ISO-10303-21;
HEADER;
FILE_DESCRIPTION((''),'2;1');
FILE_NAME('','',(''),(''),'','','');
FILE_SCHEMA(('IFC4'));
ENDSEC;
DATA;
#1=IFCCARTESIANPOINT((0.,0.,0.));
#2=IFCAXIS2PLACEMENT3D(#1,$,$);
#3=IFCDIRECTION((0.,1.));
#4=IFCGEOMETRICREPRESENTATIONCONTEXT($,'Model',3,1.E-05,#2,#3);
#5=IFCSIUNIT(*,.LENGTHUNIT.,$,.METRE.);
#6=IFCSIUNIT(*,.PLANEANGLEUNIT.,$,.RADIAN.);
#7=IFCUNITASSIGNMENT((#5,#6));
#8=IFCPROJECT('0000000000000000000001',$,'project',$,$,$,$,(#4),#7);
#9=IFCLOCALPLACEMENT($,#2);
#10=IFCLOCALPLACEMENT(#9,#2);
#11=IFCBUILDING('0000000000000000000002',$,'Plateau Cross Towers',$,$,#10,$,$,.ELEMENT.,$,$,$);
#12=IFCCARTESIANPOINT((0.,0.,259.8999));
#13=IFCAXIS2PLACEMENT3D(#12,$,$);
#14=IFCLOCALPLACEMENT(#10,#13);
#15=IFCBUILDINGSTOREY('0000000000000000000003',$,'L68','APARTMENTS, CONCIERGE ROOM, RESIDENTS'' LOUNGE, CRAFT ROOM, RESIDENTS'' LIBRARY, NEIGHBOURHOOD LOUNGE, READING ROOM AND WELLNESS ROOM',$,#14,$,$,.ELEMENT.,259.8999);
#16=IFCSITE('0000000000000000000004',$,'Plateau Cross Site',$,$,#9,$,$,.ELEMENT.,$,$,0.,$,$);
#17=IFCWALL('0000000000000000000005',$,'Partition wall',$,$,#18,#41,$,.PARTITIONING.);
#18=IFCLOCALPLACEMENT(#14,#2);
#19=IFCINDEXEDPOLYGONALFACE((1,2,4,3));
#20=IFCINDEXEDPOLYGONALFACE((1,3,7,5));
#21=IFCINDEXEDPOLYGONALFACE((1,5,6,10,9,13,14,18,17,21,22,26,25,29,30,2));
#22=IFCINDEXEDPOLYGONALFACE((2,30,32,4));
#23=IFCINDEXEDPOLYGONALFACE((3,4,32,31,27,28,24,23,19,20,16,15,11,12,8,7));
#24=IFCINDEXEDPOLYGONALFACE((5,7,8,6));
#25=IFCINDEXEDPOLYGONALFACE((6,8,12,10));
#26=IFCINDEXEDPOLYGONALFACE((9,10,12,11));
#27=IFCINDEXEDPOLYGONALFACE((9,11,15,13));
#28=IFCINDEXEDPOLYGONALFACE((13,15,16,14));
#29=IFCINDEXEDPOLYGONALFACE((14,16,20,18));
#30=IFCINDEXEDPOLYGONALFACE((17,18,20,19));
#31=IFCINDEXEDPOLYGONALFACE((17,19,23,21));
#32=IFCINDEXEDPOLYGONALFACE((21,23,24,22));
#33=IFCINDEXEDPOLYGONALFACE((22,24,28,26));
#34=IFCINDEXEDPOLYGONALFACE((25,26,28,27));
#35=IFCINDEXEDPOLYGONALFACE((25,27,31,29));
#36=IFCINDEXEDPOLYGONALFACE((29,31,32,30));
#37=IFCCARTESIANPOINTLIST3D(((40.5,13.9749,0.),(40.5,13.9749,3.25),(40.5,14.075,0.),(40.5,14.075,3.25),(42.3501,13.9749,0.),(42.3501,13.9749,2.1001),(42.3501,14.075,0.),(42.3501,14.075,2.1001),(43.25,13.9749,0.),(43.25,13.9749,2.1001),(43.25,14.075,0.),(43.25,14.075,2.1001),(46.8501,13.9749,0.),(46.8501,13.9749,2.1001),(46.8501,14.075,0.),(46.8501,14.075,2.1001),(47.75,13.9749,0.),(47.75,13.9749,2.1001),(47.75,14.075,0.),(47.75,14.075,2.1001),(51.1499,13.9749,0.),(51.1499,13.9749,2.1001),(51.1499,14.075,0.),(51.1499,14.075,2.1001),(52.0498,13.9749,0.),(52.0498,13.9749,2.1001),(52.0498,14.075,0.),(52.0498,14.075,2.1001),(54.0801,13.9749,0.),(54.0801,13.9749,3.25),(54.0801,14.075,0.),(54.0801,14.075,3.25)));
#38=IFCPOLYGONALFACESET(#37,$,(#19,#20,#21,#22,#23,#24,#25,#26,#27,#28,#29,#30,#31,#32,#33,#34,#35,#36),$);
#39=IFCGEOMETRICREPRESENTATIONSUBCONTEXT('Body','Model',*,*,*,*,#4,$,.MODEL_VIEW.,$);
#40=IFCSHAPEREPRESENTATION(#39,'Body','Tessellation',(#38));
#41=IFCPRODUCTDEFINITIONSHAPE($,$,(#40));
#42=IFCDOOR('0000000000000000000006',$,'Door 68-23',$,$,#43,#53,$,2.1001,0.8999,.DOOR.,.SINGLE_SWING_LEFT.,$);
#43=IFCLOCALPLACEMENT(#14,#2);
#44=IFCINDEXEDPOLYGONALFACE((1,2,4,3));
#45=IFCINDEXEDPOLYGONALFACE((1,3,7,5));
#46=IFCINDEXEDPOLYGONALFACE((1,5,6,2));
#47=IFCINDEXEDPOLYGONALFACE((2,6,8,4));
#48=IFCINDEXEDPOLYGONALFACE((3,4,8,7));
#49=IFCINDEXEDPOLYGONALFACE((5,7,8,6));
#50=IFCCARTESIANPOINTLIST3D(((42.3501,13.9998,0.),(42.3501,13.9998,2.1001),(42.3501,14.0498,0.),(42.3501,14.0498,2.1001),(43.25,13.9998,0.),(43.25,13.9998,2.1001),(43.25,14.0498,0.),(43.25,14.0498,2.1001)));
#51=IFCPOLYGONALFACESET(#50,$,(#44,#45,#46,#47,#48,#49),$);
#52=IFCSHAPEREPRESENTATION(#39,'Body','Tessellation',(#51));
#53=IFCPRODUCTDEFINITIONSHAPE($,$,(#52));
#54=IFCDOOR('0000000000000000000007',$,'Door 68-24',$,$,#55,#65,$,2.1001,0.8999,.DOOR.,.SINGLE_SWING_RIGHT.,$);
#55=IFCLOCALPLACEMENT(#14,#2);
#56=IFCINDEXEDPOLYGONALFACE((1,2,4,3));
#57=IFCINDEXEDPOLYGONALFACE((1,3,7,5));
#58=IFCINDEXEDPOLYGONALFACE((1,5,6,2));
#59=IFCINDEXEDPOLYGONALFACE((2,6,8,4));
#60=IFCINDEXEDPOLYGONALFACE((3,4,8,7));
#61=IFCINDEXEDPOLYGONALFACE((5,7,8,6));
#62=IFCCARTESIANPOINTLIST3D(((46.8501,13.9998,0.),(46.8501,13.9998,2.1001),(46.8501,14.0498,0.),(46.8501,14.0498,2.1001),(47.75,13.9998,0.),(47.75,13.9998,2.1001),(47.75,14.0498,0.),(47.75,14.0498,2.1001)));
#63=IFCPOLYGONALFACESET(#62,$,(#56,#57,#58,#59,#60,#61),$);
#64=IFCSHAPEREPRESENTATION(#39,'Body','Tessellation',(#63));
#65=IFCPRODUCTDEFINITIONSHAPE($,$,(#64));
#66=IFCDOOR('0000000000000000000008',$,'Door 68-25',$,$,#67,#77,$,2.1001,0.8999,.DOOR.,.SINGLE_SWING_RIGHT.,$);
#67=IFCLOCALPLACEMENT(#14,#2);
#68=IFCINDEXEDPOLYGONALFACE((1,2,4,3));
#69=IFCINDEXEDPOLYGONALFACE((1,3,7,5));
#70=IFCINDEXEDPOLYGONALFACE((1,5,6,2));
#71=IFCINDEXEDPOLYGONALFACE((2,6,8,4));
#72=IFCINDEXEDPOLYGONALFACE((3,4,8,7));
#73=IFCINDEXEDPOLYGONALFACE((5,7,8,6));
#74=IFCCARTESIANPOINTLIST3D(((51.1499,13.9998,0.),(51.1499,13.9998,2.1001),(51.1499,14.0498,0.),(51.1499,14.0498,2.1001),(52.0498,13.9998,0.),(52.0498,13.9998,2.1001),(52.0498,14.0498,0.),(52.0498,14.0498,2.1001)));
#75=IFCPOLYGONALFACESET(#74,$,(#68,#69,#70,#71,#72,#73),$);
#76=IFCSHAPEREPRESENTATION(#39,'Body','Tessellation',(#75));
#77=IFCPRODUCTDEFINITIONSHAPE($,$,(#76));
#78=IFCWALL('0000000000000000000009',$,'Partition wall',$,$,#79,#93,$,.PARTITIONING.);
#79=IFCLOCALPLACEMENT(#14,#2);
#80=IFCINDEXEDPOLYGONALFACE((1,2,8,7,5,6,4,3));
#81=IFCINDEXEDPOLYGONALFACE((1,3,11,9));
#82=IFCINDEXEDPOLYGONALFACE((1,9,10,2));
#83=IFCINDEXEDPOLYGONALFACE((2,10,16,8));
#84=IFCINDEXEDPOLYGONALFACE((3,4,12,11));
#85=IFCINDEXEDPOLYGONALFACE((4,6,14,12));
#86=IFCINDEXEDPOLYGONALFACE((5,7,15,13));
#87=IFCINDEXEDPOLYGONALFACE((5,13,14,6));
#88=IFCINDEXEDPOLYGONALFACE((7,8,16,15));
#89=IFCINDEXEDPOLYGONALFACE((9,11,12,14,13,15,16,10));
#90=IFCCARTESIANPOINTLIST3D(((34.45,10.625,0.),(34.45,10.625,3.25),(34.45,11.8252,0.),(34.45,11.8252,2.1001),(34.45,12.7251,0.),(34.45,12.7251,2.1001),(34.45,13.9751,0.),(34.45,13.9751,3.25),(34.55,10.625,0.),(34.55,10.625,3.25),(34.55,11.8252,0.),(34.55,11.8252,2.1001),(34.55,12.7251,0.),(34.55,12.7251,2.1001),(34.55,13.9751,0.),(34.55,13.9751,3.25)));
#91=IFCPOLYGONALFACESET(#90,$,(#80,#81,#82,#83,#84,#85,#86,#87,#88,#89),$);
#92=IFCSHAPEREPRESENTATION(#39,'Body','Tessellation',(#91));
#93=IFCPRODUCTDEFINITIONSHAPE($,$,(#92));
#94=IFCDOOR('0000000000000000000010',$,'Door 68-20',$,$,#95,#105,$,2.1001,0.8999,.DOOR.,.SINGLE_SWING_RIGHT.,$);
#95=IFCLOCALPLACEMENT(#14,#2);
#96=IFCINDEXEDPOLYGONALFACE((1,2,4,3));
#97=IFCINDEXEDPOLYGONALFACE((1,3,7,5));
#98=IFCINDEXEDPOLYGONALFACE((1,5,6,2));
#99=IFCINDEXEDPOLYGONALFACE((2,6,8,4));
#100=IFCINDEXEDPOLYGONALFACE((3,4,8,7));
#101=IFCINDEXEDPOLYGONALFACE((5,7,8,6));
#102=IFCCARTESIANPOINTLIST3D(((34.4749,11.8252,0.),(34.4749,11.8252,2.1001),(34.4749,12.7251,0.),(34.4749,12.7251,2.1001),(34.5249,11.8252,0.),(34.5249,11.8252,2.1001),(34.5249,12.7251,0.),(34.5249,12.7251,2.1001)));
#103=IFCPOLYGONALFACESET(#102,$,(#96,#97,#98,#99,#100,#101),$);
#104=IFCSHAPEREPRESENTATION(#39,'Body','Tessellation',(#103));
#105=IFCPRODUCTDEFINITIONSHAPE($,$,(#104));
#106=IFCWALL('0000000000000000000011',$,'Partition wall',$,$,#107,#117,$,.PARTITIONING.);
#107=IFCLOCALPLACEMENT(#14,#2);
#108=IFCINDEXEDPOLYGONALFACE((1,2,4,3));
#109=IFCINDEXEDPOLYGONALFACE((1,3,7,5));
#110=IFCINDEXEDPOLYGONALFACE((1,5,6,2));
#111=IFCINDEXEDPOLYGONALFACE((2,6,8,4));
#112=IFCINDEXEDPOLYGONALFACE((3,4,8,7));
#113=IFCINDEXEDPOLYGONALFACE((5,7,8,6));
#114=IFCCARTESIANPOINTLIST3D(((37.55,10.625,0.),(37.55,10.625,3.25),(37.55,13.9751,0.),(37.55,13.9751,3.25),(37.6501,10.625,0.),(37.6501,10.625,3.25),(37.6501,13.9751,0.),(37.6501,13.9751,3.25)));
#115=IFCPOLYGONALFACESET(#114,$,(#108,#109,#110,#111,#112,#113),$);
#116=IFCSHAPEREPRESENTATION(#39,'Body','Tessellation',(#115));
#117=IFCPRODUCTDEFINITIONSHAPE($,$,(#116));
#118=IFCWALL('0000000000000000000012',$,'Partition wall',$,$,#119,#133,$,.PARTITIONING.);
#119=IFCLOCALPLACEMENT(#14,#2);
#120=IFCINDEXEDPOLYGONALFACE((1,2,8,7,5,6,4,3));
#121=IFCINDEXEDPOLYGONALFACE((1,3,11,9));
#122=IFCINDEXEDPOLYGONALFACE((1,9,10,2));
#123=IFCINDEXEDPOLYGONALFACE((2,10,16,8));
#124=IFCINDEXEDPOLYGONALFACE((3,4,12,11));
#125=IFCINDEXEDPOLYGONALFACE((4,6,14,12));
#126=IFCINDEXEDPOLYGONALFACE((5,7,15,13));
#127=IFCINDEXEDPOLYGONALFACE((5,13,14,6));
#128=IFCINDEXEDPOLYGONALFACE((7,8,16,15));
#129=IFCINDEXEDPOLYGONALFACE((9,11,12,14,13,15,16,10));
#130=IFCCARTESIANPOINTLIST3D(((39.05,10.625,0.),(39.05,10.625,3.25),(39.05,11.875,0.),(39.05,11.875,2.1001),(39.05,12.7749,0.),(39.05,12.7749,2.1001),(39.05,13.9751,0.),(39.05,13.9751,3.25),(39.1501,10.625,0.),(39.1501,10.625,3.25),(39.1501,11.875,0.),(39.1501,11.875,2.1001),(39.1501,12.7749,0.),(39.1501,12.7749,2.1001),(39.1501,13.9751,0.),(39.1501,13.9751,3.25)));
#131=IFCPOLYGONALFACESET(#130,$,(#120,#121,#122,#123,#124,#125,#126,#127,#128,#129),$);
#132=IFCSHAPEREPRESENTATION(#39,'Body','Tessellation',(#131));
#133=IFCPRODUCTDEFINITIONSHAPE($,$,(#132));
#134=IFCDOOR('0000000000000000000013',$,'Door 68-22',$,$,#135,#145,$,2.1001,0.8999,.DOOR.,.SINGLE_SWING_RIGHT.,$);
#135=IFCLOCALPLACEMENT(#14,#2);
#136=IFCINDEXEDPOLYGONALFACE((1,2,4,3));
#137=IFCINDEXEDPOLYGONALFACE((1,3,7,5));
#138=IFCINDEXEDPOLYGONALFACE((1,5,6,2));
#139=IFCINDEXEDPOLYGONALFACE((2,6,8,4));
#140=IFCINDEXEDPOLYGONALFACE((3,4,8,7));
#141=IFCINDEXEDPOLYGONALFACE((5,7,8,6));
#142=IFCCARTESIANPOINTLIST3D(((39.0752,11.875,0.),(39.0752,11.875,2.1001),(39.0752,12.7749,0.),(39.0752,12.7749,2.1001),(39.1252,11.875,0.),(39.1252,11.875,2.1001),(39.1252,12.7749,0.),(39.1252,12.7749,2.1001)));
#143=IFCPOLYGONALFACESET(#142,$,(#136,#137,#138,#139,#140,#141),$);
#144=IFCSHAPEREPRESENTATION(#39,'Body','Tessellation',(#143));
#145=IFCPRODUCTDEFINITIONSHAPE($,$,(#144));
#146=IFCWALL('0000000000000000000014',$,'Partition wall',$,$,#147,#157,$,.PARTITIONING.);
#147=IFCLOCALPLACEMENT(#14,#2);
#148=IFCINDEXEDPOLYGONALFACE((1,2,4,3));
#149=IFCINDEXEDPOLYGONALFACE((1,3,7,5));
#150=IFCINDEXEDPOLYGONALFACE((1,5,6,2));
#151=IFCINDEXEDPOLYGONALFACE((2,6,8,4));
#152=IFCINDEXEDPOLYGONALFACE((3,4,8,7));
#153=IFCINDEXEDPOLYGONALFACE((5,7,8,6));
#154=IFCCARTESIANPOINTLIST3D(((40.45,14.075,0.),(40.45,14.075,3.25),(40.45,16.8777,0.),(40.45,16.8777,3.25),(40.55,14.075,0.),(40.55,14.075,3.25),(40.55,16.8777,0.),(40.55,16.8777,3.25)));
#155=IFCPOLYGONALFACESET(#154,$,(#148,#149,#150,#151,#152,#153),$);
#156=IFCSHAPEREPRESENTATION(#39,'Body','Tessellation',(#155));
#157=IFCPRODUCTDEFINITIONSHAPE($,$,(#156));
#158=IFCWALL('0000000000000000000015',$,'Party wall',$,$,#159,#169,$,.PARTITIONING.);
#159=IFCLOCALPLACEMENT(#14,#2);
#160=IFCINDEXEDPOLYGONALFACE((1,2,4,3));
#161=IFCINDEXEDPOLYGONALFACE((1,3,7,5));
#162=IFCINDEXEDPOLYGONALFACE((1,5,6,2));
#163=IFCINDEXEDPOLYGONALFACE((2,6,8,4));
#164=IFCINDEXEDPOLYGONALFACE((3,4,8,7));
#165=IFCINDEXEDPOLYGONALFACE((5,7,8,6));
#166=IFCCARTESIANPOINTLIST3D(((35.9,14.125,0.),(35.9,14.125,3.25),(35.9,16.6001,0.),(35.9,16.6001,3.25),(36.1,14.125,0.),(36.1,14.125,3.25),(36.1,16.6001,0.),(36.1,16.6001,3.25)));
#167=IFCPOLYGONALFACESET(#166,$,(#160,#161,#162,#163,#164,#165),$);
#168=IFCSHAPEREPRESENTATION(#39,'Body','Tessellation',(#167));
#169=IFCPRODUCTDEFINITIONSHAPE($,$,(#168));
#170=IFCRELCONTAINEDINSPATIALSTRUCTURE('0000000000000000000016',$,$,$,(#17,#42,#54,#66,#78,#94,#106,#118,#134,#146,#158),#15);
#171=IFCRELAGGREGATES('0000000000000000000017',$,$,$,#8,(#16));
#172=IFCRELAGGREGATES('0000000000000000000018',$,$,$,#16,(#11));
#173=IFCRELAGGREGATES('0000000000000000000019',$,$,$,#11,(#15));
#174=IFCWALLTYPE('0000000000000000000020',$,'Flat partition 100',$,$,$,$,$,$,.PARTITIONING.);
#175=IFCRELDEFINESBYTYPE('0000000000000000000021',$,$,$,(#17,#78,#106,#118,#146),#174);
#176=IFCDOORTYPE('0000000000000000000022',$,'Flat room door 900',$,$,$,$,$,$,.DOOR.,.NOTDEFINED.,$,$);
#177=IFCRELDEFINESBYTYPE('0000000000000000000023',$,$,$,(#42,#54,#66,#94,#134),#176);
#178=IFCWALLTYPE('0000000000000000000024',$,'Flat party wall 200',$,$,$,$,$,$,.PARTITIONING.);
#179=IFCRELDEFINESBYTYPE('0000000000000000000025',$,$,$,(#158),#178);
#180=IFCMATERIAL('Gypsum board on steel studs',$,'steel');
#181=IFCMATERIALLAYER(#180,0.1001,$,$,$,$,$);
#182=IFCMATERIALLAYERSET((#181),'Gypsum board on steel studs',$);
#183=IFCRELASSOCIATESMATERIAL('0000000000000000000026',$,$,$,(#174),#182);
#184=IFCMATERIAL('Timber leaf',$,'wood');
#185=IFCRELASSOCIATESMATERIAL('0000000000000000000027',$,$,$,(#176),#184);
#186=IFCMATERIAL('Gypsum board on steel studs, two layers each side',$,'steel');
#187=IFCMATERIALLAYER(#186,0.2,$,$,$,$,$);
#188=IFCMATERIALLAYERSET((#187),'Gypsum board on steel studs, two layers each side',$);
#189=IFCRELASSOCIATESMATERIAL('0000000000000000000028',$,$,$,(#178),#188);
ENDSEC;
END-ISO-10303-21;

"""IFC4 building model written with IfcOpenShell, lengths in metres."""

from ifc_helpers import new_model, si_unit, direction, frame, frame_2d, origin, place, context, subcontext, project, spatial, rectangle, extrude, material, layer, layer_set, type_object, element, fill, save


model = new_model("IFC4")

# Units and contexts
model_context = context("Model", 3, precision=1e-05, world=origin(), true_north=direction((0.0, 1.0)))
body_context = subcontext(model_context, "Body", "Model", "MODEL_VIEW")
ifc_project = project(units=[si_unit("LENGTHUNIT", "METRE"), si_unit("PLANEANGLEUNIT", "RADIAN")], contexts=[model_context])

# Site, building, storey
site_placement = place(None, origin())
site = spatial("IfcSite", under=ifc_project, at=site_placement, Name="Plateau Cross Site", CompositionType="ELEMENT", RefElevation=0.0)
building_placement = place(site_placement, origin())
building = spatial("IfcBuilding", under=site, at=building_placement, Name="Plateau Cross Towers", CompositionType="ELEMENT")
storey_placement = place(building_placement, frame((0.0, 0.0, 259.8999)))
storey = spatial("IfcBuildingStorey", under=building, at=storey_placement, Name="L68", Description="APARTMENTS, CONCIERGE ROOM, RESIDENTS' LOUNGE, CRAFT ROOM, RESIDENTS' LIBRARY, NEIGHBOURHOOD LOUNGE, READING ROOM AND WELLNESS ROOM", CompositionType="ELEMENT", Elevation=259.8999)

# Shared definitions
ifc_material_1 = material(Name="Gypsum board on steel studs", Category="steel")
ifc_layer_1 = layer(ifc_material_1, 0.1001)
ifc_layer_set_1 = layer_set([ifc_layer_1], Name="Gypsum board on steel studs")
wall_type_1 = type_object("IfcWallType", Name="Flat partition 100", PredefinedType="PARTITIONING", material=ifc_layer_set_1)

# Shared definitions
ifc_material_2 = material(Name="Timber leaf", Category="wood")
door_type = type_object("IfcDoorType", Name="Flat room door 900", OperationType="NOTDEFINED", PredefinedType="DOOR", material=ifc_material_2)

# Wall, openings, doors
wall_1_placement = place(storey_placement, frame((40.5, 14.0249, 0.0), z_axis=(0.0, 0.0, 1.0), x_axis=(1.0, 0.0, 0.0)))
wall_1 = element("IfcWall", 1, at=wall_1_placement, inside=storey, type_object=wall_type_1, Name="Partition wall", PredefinedType="PARTITIONING", context=body_context, shape_type="SweptSolid", body=[
    extrude(rectangle(XDim=13.5801, YDim=0.1001, at=frame_2d((6.79, 0.0))), origin(), (0.0, 0.0, 1.0), 3.25),
])
opening_1_placement = place(wall_1_placement, frame((1.8501, 0.0, 0.0)))
opening_1 = element("IfcOpeningElement", 2, at=opening_1_placement, cuts=wall_1, PredefinedType="OPENING", context=body_context, shape_type="SweptSolid", body=[
    extrude(rectangle(XDim=0.8999, YDim=2.1001, at=frame_2d((0.45, 1.05))), frame((0.0, 0.0601, 0.0), z_axis=(0.0, -1.0, 0.0), x_axis=(1.0, 0.0, 0.0)), (0.0, 0.0, 1.0), 0.1201),
])
opening_2_placement = place(wall_1_placement, frame((6.3501, 0.0, 0.0)))
opening_2 = element("IfcOpeningElement", 3, at=opening_2_placement, cuts=wall_1, PredefinedType="OPENING", context=body_context, shape_type="SweptSolid", body=[
    extrude(rectangle(XDim=0.8999, YDim=2.1001, at=frame_2d((0.45, 1.05))), frame((0.0, 0.0601, 0.0), z_axis=(0.0, -1.0, 0.0), x_axis=(1.0, 0.0, 0.0)), (0.0, 0.0, 1.0), 0.1201),
])
opening_3_placement = place(wall_1_placement, frame((10.6499, 0.0, 0.0)))
opening_3 = element("IfcOpeningElement", 4, at=opening_3_placement, cuts=wall_1, PredefinedType="OPENING", context=body_context, shape_type="SweptSolid", body=[
    extrude(rectangle(XDim=0.8999, YDim=2.1001, at=frame_2d((0.45, 1.05))), frame((0.0, 0.0601, 0.0), z_axis=(0.0, -1.0, 0.0), x_axis=(1.0, 0.0, 0.0)), (0.0, 0.0, 1.0), 0.1201),
])
door_1_placement = place(opening_1_placement, origin())
door_1 = element("IfcDoor", 5, at=door_1_placement, inside=storey, type_object=door_type, Name="Door 68-23", OperationType="SINGLE_SWING_LEFT", OverallHeight=2.1001, OverallWidth=0.8999, PredefinedType="DOOR", context=body_context, shape_type="SweptSolid", body=[
    extrude(rectangle(XDim=0.8999, YDim=2.1001, at=frame_2d((0.45, 1.05))), frame((0.0, 0.0249, 0.0), z_axis=(0.0, -1.0, 0.0), x_axis=(1.0, 0.0, 0.0)), (0.0, 0.0, 1.0), 0.05),
])
fill(opening_1, door_1)
door_2_placement = place(opening_2_placement, origin())
door_2 = element("IfcDoor", 6, at=door_2_placement, inside=storey, type_object=door_type, Name="Door 68-24", OperationType="SINGLE_SWING_RIGHT", OverallHeight=2.1001, OverallWidth=0.8999, PredefinedType="DOOR", context=body_context, shape_type="SweptSolid", body=[
    extrude(rectangle(XDim=0.8999, YDim=2.1001, at=frame_2d((0.45, 1.05))), frame((0.0, 0.0249, 0.0), z_axis=(0.0, -1.0, 0.0), x_axis=(1.0, 0.0, 0.0)), (0.0, 0.0, 1.0), 0.05),
])
fill(opening_2, door_2)
door_3_placement = place(opening_3_placement, origin())
door_3 = element("IfcDoor", 7, at=door_3_placement, inside=storey, type_object=door_type, Name="Door 68-25", OperationType="SINGLE_SWING_RIGHT", OverallHeight=2.1001, OverallWidth=0.8999, PredefinedType="DOOR", context=body_context, shape_type="SweptSolid", body=[
    extrude(rectangle(XDim=0.8999, YDim=2.1001, at=frame_2d((0.45, 1.05))), frame((0.0, 0.0249, 0.0), z_axis=(0.0, -1.0, 0.0), x_axis=(1.0, 0.0, 0.0)), (0.0, 0.0, 1.0), 0.05),
])
fill(opening_3, door_3)

# Wall, opening, door
wall_2_placement = place(storey_placement, frame((34.5, 13.9751, 0.0), z_axis=(0.0, 0.0, 1.0), x_axis=(0.0, -1.0, 0.0)))
wall_2 = element("IfcWall", 8, at=wall_2_placement, inside=storey, type_object=wall_type_1, Name="Partition wall", PredefinedType="PARTITIONING", context=body_context, shape_type="SweptSolid", body=[
    extrude(rectangle(XDim=3.3501, YDim=0.1001, at=frame_2d((1.675, 0.0))), origin(), (0.0, 0.0, 1.0), 3.25),
])
opening_4_placement = place(wall_2_placement, frame((1.25, 0.0, 0.0)))
opening_4 = element("IfcOpeningElement", 9, at=opening_4_placement, cuts=wall_2, PredefinedType="OPENING", context=body_context, shape_type="SweptSolid", body=[
    extrude(rectangle(XDim=0.8999, YDim=2.1001, at=frame_2d((0.45, 1.05))), frame((0.0, 0.0601, 0.0), z_axis=(0.0, -1.0, 0.0), x_axis=(1.0, 0.0, 0.0)), (0.0, 0.0, 1.0), 0.1201),
])
door_4_placement = place(opening_4_placement, origin())
door_4 = element("IfcDoor", 10, at=door_4_placement, inside=storey, type_object=door_type, Name="Door 68-20", OperationType="SINGLE_SWING_RIGHT", OverallHeight=2.1001, OverallWidth=0.8999, PredefinedType="DOOR", context=body_context, shape_type="SweptSolid", body=[
    extrude(rectangle(XDim=0.8999, YDim=2.1001, at=frame_2d((0.45, 1.05))), frame((0.0, 0.0249, 0.0), z_axis=(0.0, -1.0, 0.0), x_axis=(1.0, 0.0, 0.0)), (0.0, 0.0, 1.0), 0.05),
])
fill(opening_4, door_4)

# Wall
wall_3_placement = place(storey_placement, frame((37.6001, 10.625, 0.0), z_axis=(0.0, 0.0, 1.0), x_axis=(0.0, 1.0, 0.0)))
element("IfcWall", 11, at=wall_3_placement, inside=storey, type_object=wall_type_1, Name="Partition wall", PredefinedType="PARTITIONING", context=body_context, shape_type="SweptSolid", body=[
    extrude(rectangle(XDim=3.3501, YDim=0.1001, at=frame_2d((1.675, 0.0))), origin(), (0.0, 0.0, 1.0), 3.25),
])

# Wall, opening, door
wall_4_placement = place(storey_placement, frame((39.1001, 10.625, 0.0), z_axis=(0.0, 0.0, 1.0), x_axis=(0.0, 1.0, 0.0)))
wall_4 = element("IfcWall", 12, at=wall_4_placement, inside=storey, type_object=wall_type_1, Name="Partition wall", PredefinedType="PARTITIONING", context=body_context, shape_type="SweptSolid", body=[
    extrude(rectangle(XDim=3.3501, YDim=0.1001, at=frame_2d((1.675, 0.0))), origin(), (0.0, 0.0, 1.0), 3.25),
])
opening_5_placement = place(wall_4_placement, frame((1.25, 0.0, 0.0)))
opening_5 = element("IfcOpeningElement", 13, at=opening_5_placement, cuts=wall_4, PredefinedType="OPENING", context=body_context, shape_type="SweptSolid", body=[
    extrude(rectangle(XDim=0.8999, YDim=2.1001, at=frame_2d((0.45, 1.05))), frame((0.0, 0.0601, 0.0), z_axis=(0.0, -1.0, 0.0), x_axis=(1.0, 0.0, 0.0)), (0.0, 0.0, 1.0), 0.1201),
])
door_5_placement = place(opening_5_placement, origin())
door_5 = element("IfcDoor", 14, at=door_5_placement, inside=storey, type_object=door_type, Name="Door 68-22", OperationType="SINGLE_SWING_RIGHT", OverallHeight=2.1001, OverallWidth=0.8999, PredefinedType="DOOR", context=body_context, shape_type="SweptSolid", body=[
    extrude(rectangle(XDim=0.8999, YDim=2.1001, at=frame_2d((0.45, 1.05))), frame((0.0, 0.0249, 0.0), z_axis=(0.0, -1.0, 0.0), x_axis=(1.0, 0.0, 0.0)), (0.0, 0.0, 1.0), 0.05),
])
fill(opening_5, door_5)

# Walls
wall_5_placement = place(storey_placement, frame((40.5, 16.8777, 0.0), z_axis=(0.0, 0.0, 1.0), x_axis=(0.0, -1.0, 0.0)))
element("IfcWall", 15, at=wall_5_placement, inside=storey, type_object=wall_type_1, Name="Partition wall", PredefinedType="PARTITIONING", context=body_context, shape_type="SweptSolid", body=[
    extrude(rectangle(XDim=2.8027, YDim=0.1001, at=frame_2d((1.4014, 0.0))), origin(), (0.0, 0.0, 1.0), 3.25),
])
ifc_material_3 = material(Name="Gypsum board on steel studs, two layers each side", Category="steel")
ifc_layer_2 = layer(ifc_material_3, 0.2)
ifc_layer_set_2 = layer_set([ifc_layer_2], Name="Gypsum board on steel studs, two layers each side")
wall_type_2 = type_object("IfcWallType", Name="Flat party wall 200", PredefinedType="PARTITIONING", material=ifc_layer_set_2)
wall_6_placement = place(storey_placement, frame((36.0, 16.6001, 0.0), z_axis=(0.0, 0.0, 1.0), x_axis=(0.0, -1.0, 0.0)))
element("IfcWall", 16, at=wall_6_placement, inside=storey, type_object=wall_type_2, Name="Party wall", PredefinedType="PARTITIONING", context=body_context, shape_type="SweptSolid", body=[
    extrude(rectangle(XDim=2.4751, YDim=0.2, at=frame_2d((1.2375, 0.0))), origin(), (0.0, 0.0, 1.0), 3.25),
])

save(model, "model.ifc")
